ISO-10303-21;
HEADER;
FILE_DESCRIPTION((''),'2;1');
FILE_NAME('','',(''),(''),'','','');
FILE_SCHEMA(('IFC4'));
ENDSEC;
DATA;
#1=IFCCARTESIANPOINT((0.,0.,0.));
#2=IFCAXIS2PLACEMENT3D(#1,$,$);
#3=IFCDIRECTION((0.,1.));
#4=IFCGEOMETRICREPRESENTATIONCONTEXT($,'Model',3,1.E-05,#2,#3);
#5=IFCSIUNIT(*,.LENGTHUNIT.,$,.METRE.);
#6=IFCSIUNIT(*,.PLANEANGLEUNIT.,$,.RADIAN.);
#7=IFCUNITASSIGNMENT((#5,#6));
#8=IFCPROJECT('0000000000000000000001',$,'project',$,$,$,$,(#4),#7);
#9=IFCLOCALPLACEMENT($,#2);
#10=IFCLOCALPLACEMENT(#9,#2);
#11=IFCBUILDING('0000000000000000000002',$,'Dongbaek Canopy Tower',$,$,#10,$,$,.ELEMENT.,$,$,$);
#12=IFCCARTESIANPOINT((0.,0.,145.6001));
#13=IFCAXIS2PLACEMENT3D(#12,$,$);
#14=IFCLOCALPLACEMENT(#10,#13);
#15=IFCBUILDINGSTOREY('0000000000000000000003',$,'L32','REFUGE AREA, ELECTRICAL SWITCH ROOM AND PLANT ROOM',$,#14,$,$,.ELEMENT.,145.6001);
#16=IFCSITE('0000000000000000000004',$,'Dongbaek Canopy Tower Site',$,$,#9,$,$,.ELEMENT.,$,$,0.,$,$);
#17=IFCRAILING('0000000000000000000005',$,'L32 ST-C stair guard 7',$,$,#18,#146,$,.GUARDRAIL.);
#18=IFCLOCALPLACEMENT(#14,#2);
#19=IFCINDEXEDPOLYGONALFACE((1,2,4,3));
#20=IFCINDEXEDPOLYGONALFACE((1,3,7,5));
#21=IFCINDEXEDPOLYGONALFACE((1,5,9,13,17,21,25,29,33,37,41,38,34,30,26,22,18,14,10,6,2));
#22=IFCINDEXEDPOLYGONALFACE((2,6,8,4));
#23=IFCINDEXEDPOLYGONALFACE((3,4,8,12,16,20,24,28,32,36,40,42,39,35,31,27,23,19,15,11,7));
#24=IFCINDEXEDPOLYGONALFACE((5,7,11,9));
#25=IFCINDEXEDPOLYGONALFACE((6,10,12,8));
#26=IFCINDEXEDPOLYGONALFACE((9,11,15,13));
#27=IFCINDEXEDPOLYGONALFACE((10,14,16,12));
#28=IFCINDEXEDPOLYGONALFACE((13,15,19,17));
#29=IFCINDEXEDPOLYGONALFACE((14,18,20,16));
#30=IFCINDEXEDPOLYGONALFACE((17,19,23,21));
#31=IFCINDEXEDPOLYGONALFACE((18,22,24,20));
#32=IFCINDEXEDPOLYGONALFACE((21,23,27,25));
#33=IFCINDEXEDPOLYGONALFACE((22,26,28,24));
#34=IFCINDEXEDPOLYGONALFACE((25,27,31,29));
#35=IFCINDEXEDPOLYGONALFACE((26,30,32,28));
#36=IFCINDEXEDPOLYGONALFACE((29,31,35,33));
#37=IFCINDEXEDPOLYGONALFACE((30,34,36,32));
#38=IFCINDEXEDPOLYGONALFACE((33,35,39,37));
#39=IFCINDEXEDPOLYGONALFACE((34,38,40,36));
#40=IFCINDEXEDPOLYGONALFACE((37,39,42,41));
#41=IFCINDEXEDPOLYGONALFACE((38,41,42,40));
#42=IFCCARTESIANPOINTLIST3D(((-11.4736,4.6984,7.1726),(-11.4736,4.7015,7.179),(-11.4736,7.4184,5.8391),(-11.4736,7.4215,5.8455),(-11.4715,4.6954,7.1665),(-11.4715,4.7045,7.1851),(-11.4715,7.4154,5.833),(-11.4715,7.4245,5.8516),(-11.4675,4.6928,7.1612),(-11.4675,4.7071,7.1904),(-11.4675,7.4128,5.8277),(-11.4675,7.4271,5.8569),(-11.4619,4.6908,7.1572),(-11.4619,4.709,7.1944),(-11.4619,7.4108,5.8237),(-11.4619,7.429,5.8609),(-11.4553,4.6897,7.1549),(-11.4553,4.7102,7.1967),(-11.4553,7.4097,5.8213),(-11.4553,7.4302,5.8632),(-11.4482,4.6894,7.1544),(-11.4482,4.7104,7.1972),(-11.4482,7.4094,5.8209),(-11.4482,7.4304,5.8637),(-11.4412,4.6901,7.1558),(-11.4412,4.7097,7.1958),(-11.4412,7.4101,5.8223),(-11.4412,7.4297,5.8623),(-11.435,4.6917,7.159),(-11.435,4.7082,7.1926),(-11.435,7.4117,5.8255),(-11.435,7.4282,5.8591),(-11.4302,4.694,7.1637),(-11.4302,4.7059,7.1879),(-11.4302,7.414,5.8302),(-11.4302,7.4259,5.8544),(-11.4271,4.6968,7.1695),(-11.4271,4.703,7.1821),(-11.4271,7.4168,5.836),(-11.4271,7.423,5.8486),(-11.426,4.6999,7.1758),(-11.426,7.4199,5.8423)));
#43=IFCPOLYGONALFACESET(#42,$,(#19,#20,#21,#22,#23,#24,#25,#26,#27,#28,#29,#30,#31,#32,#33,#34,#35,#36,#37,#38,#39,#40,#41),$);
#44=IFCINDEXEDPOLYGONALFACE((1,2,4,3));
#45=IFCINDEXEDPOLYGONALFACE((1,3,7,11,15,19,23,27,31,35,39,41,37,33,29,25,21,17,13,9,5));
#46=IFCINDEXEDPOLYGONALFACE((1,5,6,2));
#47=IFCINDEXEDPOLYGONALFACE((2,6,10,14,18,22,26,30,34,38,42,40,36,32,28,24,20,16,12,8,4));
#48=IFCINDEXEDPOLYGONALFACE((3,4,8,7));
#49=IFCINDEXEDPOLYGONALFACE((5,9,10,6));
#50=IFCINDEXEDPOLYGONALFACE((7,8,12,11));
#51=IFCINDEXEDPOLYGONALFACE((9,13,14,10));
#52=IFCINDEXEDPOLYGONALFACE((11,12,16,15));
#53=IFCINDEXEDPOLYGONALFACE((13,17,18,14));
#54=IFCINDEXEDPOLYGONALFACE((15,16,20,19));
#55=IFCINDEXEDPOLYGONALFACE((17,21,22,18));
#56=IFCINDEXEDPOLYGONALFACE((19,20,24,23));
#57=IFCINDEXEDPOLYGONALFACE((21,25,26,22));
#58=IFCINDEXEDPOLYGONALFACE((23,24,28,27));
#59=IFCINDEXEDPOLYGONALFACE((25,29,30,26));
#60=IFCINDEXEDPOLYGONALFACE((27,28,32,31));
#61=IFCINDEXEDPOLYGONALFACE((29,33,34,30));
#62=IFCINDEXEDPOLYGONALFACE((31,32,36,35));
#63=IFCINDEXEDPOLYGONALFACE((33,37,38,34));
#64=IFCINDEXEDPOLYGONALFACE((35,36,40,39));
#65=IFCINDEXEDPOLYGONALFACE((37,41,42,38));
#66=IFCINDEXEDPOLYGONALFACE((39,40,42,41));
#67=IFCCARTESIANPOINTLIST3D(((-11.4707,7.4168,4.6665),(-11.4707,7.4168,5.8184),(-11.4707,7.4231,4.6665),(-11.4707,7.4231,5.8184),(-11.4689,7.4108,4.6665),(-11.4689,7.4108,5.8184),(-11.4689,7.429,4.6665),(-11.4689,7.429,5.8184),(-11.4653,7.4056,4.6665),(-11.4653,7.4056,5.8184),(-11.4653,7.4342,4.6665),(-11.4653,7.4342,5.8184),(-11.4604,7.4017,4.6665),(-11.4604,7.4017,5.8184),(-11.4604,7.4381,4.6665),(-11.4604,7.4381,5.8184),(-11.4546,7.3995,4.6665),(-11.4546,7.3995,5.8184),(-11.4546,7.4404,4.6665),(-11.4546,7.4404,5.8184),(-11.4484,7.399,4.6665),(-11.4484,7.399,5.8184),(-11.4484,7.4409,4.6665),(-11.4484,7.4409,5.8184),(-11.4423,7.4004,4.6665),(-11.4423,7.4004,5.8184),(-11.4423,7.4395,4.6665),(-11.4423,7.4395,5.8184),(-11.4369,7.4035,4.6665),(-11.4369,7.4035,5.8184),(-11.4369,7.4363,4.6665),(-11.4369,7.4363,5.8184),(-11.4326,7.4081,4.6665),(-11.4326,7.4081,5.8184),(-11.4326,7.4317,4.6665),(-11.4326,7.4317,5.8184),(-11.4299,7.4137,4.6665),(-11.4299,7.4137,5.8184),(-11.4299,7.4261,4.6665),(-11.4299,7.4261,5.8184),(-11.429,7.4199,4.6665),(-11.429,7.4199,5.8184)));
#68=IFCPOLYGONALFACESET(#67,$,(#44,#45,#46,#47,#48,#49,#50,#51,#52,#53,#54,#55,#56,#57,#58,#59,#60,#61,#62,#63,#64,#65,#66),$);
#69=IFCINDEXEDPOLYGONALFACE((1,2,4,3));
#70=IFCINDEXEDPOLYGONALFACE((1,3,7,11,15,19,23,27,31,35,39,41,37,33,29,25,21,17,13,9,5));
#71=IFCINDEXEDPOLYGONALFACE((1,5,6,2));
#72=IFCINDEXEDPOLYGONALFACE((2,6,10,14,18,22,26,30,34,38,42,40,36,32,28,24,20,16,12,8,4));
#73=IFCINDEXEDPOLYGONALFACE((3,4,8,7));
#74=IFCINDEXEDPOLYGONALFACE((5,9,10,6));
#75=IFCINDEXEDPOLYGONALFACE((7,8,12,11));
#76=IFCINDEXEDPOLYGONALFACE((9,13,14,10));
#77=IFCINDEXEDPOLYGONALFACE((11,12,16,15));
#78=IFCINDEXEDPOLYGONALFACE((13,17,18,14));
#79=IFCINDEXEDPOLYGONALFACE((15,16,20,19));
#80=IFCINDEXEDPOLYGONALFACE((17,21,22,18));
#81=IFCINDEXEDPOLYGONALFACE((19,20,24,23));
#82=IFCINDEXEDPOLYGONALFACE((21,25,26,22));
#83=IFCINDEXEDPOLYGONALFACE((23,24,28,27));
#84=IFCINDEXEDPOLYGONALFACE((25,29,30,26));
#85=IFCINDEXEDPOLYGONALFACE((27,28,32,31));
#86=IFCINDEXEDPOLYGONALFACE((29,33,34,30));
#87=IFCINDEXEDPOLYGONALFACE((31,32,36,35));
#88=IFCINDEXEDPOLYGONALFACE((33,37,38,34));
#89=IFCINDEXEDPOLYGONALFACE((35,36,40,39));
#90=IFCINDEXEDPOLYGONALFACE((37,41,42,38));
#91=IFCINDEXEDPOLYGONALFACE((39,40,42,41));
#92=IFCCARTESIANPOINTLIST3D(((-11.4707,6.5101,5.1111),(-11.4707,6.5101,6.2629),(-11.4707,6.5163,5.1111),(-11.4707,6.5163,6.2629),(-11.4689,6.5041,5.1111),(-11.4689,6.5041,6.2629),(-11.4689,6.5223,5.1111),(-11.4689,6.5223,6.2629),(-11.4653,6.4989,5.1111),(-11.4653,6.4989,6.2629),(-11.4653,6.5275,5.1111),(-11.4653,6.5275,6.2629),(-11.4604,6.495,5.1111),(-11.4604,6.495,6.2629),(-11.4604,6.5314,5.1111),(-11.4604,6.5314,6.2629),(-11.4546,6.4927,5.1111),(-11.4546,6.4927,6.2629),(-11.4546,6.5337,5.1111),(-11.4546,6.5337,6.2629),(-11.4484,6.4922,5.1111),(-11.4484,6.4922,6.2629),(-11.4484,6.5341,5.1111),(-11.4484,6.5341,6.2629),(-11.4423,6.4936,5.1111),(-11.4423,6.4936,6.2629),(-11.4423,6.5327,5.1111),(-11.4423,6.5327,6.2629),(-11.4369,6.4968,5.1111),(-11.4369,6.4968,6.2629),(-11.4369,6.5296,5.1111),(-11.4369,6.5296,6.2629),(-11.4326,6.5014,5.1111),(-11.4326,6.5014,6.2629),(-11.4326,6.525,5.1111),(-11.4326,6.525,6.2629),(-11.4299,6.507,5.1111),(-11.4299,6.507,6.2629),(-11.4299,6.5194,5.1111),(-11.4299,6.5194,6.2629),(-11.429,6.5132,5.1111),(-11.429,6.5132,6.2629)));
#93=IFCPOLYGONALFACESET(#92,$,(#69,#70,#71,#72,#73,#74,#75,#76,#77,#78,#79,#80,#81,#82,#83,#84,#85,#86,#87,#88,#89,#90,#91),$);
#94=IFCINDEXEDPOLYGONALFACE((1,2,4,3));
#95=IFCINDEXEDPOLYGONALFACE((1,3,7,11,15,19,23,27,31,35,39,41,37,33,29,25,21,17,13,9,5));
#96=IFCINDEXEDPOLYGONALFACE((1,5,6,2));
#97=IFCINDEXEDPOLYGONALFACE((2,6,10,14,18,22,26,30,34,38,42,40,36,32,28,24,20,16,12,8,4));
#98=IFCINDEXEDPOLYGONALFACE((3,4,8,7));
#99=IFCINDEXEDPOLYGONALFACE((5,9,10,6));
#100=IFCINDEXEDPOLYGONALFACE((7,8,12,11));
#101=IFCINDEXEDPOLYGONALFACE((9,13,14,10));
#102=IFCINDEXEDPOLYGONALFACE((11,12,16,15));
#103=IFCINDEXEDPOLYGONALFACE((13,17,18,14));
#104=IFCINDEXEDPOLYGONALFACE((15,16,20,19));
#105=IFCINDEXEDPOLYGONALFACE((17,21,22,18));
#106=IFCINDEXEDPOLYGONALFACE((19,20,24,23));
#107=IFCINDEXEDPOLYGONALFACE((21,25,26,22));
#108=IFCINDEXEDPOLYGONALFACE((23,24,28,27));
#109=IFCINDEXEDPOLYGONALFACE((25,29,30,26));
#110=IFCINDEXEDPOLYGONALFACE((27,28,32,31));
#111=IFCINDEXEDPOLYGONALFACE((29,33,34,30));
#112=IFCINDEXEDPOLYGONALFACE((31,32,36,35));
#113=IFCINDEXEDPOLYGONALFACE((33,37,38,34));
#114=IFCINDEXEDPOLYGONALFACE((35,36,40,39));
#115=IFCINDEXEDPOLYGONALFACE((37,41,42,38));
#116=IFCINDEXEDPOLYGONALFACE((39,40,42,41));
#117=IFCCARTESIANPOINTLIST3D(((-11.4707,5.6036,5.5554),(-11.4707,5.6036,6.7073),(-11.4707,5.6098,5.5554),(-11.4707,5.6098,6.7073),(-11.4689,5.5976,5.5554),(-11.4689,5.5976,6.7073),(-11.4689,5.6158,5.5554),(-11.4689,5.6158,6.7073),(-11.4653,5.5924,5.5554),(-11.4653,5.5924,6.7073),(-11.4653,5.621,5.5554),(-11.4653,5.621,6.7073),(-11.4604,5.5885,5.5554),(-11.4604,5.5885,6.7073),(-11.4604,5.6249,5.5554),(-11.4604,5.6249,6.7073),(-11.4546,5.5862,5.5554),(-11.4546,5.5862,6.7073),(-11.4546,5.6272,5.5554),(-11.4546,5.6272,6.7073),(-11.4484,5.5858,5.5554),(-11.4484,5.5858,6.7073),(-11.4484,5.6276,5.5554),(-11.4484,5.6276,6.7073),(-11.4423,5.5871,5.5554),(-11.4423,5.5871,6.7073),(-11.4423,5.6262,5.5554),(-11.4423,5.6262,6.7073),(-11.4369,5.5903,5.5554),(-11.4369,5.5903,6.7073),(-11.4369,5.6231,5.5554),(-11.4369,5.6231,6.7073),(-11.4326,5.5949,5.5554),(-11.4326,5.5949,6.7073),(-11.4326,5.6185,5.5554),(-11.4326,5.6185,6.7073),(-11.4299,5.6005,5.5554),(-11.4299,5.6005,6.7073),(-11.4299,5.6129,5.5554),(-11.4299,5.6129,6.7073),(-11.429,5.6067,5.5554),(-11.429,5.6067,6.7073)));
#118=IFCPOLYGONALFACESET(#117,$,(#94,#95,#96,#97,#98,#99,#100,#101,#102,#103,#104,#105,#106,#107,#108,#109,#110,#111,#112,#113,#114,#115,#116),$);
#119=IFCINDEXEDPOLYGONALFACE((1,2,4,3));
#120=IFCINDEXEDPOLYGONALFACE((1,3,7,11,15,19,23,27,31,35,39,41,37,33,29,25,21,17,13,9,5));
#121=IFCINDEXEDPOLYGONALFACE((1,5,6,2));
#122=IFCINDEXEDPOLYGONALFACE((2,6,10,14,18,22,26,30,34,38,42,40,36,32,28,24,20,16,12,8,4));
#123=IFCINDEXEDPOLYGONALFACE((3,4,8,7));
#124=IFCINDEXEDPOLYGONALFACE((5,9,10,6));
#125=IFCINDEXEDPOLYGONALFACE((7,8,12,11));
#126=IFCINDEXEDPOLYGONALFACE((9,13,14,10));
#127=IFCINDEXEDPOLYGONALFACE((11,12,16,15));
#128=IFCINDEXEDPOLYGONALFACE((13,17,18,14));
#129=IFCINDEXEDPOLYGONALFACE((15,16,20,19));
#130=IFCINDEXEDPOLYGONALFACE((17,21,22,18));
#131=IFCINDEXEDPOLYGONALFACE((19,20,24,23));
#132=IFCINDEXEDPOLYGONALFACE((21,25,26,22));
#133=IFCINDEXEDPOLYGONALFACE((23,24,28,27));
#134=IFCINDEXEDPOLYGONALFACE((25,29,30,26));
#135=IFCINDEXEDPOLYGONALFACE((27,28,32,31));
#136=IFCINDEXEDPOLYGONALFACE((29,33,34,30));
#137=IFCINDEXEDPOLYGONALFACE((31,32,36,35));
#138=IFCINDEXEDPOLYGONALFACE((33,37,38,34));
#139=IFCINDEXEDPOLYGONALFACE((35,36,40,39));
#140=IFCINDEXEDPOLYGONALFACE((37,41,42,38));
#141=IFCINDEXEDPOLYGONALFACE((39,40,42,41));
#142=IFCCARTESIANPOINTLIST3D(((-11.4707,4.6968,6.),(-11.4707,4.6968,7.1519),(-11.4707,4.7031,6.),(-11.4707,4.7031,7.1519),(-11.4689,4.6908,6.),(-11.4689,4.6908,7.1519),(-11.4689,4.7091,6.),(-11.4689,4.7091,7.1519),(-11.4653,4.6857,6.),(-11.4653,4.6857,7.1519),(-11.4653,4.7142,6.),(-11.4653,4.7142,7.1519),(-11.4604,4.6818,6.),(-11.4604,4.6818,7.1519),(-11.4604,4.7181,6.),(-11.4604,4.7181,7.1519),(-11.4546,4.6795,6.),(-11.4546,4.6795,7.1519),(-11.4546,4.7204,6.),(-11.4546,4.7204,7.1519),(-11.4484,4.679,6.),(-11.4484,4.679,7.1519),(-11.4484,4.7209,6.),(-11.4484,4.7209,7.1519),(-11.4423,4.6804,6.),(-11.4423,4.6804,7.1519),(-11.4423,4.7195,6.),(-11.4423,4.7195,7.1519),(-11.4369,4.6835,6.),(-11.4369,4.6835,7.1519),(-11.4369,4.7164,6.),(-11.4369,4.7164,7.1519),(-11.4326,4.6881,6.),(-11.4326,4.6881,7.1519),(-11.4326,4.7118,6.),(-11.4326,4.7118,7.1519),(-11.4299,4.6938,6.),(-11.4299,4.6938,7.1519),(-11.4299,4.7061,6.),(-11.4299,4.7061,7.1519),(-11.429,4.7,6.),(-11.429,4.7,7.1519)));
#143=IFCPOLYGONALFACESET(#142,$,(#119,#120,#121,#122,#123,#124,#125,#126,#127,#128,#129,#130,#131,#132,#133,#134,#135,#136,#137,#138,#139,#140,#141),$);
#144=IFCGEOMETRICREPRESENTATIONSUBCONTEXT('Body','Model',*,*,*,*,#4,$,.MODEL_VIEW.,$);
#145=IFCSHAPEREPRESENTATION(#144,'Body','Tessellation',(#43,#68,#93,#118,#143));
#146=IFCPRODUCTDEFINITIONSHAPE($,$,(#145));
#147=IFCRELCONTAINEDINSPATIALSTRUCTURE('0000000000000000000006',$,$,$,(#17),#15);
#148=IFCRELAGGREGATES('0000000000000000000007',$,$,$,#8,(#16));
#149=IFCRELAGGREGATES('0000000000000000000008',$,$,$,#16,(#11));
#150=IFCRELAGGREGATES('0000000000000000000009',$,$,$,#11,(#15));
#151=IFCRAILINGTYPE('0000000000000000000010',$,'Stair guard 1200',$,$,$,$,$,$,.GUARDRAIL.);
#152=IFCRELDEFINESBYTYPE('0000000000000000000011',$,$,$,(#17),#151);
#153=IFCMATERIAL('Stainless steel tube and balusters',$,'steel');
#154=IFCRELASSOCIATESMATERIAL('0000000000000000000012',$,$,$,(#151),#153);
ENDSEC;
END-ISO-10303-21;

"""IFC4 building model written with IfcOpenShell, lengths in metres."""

from ifc_helpers import new_model, si_unit, direction, frame, origin, origin_2d, place, context, subcontext, project, spatial, circle, extrude, material, type_object, element, save


model = new_model("IFC4")

# Units and contexts
model_context = context("Model", 3, precision=1e-05, world=origin(), true_north=direction((0.0, 1.0)))
body_context = subcontext(model_context, "Body", "Model", "MODEL_VIEW")
ifc_project = project(units=[si_unit("LENGTHUNIT", "METRE"), si_unit("PLANEANGLEUNIT", "RADIAN")], contexts=[model_context])

# Site, building, storey
site_placement = place(None, origin())
site = spatial("IfcSite", under=ifc_project, at=site_placement, Name="Dongbaek Canopy Tower Site", CompositionType="ELEMENT", RefElevation=0.0)
building_placement = place(site_placement, origin())
building = spatial("IfcBuilding", under=site, at=building_placement, Name="Dongbaek Canopy Tower", CompositionType="ELEMENT")
storey_placement = place(building_placement, frame((0.0, 0.0, 145.6001)))
storey = spatial("IfcBuildingStorey", under=building, at=storey_placement, Name="L32", Description="REFUGE AREA, ELECTRICAL SWITCH ROOM AND PLANT ROOM", CompositionType="ELEMENT", Elevation=145.6001)

# Railing
ifc_material_1 = material(Name="Stainless steel tube and balusters", Category="steel")
railing_type_1 = type_object("IfcRailingType", Name="Stair guard 1200", PredefinedType="GUARDRAIL", material=ifc_material_1)
railing_1_placement = place(storey_placement, frame((-11.45, 7.4199, 4.6665)))
element("IfcRailing", 1, at=railing_1_placement, inside=storey, type_object=railing_type_1, Name="L32 ST-C stair guard 7", PredefinedType="GUARDRAIL", context=body_context, shape_type="SweptSolid", body=[
    extrude(circle(Radius=0.0239, at=origin_2d()), frame((0.0, 0.0, 1.1758), z_axis=(0.0, -0.897898, 0.440204), x_axis=(1.0, 0.0, 0.0)), (0.0, 0.0, 1.0), 3.0293),
    extrude(circle(Radius=0.021, at=origin_2d()), origin(), (0.0, 0.0, 1.0), 1.1519),
    extrude(circle(Radius=0.021, at=origin_2d()), frame((0.0, -0.9067, 0.4446)), (0.0, 0.0, 1.0), 1.1519),
    extrude(circle(Radius=0.021, at=origin_2d()), frame((0.0, -1.8132, 0.8889)), (0.0, 0.0, 1.0), 1.1519),
    extrude(circle(Radius=0.021, at=origin_2d()), frame((0.0, -2.72, 1.3335)), (0.0, 0.0, 1.0), 1.1519),
])

save(model, "model.ifc")
